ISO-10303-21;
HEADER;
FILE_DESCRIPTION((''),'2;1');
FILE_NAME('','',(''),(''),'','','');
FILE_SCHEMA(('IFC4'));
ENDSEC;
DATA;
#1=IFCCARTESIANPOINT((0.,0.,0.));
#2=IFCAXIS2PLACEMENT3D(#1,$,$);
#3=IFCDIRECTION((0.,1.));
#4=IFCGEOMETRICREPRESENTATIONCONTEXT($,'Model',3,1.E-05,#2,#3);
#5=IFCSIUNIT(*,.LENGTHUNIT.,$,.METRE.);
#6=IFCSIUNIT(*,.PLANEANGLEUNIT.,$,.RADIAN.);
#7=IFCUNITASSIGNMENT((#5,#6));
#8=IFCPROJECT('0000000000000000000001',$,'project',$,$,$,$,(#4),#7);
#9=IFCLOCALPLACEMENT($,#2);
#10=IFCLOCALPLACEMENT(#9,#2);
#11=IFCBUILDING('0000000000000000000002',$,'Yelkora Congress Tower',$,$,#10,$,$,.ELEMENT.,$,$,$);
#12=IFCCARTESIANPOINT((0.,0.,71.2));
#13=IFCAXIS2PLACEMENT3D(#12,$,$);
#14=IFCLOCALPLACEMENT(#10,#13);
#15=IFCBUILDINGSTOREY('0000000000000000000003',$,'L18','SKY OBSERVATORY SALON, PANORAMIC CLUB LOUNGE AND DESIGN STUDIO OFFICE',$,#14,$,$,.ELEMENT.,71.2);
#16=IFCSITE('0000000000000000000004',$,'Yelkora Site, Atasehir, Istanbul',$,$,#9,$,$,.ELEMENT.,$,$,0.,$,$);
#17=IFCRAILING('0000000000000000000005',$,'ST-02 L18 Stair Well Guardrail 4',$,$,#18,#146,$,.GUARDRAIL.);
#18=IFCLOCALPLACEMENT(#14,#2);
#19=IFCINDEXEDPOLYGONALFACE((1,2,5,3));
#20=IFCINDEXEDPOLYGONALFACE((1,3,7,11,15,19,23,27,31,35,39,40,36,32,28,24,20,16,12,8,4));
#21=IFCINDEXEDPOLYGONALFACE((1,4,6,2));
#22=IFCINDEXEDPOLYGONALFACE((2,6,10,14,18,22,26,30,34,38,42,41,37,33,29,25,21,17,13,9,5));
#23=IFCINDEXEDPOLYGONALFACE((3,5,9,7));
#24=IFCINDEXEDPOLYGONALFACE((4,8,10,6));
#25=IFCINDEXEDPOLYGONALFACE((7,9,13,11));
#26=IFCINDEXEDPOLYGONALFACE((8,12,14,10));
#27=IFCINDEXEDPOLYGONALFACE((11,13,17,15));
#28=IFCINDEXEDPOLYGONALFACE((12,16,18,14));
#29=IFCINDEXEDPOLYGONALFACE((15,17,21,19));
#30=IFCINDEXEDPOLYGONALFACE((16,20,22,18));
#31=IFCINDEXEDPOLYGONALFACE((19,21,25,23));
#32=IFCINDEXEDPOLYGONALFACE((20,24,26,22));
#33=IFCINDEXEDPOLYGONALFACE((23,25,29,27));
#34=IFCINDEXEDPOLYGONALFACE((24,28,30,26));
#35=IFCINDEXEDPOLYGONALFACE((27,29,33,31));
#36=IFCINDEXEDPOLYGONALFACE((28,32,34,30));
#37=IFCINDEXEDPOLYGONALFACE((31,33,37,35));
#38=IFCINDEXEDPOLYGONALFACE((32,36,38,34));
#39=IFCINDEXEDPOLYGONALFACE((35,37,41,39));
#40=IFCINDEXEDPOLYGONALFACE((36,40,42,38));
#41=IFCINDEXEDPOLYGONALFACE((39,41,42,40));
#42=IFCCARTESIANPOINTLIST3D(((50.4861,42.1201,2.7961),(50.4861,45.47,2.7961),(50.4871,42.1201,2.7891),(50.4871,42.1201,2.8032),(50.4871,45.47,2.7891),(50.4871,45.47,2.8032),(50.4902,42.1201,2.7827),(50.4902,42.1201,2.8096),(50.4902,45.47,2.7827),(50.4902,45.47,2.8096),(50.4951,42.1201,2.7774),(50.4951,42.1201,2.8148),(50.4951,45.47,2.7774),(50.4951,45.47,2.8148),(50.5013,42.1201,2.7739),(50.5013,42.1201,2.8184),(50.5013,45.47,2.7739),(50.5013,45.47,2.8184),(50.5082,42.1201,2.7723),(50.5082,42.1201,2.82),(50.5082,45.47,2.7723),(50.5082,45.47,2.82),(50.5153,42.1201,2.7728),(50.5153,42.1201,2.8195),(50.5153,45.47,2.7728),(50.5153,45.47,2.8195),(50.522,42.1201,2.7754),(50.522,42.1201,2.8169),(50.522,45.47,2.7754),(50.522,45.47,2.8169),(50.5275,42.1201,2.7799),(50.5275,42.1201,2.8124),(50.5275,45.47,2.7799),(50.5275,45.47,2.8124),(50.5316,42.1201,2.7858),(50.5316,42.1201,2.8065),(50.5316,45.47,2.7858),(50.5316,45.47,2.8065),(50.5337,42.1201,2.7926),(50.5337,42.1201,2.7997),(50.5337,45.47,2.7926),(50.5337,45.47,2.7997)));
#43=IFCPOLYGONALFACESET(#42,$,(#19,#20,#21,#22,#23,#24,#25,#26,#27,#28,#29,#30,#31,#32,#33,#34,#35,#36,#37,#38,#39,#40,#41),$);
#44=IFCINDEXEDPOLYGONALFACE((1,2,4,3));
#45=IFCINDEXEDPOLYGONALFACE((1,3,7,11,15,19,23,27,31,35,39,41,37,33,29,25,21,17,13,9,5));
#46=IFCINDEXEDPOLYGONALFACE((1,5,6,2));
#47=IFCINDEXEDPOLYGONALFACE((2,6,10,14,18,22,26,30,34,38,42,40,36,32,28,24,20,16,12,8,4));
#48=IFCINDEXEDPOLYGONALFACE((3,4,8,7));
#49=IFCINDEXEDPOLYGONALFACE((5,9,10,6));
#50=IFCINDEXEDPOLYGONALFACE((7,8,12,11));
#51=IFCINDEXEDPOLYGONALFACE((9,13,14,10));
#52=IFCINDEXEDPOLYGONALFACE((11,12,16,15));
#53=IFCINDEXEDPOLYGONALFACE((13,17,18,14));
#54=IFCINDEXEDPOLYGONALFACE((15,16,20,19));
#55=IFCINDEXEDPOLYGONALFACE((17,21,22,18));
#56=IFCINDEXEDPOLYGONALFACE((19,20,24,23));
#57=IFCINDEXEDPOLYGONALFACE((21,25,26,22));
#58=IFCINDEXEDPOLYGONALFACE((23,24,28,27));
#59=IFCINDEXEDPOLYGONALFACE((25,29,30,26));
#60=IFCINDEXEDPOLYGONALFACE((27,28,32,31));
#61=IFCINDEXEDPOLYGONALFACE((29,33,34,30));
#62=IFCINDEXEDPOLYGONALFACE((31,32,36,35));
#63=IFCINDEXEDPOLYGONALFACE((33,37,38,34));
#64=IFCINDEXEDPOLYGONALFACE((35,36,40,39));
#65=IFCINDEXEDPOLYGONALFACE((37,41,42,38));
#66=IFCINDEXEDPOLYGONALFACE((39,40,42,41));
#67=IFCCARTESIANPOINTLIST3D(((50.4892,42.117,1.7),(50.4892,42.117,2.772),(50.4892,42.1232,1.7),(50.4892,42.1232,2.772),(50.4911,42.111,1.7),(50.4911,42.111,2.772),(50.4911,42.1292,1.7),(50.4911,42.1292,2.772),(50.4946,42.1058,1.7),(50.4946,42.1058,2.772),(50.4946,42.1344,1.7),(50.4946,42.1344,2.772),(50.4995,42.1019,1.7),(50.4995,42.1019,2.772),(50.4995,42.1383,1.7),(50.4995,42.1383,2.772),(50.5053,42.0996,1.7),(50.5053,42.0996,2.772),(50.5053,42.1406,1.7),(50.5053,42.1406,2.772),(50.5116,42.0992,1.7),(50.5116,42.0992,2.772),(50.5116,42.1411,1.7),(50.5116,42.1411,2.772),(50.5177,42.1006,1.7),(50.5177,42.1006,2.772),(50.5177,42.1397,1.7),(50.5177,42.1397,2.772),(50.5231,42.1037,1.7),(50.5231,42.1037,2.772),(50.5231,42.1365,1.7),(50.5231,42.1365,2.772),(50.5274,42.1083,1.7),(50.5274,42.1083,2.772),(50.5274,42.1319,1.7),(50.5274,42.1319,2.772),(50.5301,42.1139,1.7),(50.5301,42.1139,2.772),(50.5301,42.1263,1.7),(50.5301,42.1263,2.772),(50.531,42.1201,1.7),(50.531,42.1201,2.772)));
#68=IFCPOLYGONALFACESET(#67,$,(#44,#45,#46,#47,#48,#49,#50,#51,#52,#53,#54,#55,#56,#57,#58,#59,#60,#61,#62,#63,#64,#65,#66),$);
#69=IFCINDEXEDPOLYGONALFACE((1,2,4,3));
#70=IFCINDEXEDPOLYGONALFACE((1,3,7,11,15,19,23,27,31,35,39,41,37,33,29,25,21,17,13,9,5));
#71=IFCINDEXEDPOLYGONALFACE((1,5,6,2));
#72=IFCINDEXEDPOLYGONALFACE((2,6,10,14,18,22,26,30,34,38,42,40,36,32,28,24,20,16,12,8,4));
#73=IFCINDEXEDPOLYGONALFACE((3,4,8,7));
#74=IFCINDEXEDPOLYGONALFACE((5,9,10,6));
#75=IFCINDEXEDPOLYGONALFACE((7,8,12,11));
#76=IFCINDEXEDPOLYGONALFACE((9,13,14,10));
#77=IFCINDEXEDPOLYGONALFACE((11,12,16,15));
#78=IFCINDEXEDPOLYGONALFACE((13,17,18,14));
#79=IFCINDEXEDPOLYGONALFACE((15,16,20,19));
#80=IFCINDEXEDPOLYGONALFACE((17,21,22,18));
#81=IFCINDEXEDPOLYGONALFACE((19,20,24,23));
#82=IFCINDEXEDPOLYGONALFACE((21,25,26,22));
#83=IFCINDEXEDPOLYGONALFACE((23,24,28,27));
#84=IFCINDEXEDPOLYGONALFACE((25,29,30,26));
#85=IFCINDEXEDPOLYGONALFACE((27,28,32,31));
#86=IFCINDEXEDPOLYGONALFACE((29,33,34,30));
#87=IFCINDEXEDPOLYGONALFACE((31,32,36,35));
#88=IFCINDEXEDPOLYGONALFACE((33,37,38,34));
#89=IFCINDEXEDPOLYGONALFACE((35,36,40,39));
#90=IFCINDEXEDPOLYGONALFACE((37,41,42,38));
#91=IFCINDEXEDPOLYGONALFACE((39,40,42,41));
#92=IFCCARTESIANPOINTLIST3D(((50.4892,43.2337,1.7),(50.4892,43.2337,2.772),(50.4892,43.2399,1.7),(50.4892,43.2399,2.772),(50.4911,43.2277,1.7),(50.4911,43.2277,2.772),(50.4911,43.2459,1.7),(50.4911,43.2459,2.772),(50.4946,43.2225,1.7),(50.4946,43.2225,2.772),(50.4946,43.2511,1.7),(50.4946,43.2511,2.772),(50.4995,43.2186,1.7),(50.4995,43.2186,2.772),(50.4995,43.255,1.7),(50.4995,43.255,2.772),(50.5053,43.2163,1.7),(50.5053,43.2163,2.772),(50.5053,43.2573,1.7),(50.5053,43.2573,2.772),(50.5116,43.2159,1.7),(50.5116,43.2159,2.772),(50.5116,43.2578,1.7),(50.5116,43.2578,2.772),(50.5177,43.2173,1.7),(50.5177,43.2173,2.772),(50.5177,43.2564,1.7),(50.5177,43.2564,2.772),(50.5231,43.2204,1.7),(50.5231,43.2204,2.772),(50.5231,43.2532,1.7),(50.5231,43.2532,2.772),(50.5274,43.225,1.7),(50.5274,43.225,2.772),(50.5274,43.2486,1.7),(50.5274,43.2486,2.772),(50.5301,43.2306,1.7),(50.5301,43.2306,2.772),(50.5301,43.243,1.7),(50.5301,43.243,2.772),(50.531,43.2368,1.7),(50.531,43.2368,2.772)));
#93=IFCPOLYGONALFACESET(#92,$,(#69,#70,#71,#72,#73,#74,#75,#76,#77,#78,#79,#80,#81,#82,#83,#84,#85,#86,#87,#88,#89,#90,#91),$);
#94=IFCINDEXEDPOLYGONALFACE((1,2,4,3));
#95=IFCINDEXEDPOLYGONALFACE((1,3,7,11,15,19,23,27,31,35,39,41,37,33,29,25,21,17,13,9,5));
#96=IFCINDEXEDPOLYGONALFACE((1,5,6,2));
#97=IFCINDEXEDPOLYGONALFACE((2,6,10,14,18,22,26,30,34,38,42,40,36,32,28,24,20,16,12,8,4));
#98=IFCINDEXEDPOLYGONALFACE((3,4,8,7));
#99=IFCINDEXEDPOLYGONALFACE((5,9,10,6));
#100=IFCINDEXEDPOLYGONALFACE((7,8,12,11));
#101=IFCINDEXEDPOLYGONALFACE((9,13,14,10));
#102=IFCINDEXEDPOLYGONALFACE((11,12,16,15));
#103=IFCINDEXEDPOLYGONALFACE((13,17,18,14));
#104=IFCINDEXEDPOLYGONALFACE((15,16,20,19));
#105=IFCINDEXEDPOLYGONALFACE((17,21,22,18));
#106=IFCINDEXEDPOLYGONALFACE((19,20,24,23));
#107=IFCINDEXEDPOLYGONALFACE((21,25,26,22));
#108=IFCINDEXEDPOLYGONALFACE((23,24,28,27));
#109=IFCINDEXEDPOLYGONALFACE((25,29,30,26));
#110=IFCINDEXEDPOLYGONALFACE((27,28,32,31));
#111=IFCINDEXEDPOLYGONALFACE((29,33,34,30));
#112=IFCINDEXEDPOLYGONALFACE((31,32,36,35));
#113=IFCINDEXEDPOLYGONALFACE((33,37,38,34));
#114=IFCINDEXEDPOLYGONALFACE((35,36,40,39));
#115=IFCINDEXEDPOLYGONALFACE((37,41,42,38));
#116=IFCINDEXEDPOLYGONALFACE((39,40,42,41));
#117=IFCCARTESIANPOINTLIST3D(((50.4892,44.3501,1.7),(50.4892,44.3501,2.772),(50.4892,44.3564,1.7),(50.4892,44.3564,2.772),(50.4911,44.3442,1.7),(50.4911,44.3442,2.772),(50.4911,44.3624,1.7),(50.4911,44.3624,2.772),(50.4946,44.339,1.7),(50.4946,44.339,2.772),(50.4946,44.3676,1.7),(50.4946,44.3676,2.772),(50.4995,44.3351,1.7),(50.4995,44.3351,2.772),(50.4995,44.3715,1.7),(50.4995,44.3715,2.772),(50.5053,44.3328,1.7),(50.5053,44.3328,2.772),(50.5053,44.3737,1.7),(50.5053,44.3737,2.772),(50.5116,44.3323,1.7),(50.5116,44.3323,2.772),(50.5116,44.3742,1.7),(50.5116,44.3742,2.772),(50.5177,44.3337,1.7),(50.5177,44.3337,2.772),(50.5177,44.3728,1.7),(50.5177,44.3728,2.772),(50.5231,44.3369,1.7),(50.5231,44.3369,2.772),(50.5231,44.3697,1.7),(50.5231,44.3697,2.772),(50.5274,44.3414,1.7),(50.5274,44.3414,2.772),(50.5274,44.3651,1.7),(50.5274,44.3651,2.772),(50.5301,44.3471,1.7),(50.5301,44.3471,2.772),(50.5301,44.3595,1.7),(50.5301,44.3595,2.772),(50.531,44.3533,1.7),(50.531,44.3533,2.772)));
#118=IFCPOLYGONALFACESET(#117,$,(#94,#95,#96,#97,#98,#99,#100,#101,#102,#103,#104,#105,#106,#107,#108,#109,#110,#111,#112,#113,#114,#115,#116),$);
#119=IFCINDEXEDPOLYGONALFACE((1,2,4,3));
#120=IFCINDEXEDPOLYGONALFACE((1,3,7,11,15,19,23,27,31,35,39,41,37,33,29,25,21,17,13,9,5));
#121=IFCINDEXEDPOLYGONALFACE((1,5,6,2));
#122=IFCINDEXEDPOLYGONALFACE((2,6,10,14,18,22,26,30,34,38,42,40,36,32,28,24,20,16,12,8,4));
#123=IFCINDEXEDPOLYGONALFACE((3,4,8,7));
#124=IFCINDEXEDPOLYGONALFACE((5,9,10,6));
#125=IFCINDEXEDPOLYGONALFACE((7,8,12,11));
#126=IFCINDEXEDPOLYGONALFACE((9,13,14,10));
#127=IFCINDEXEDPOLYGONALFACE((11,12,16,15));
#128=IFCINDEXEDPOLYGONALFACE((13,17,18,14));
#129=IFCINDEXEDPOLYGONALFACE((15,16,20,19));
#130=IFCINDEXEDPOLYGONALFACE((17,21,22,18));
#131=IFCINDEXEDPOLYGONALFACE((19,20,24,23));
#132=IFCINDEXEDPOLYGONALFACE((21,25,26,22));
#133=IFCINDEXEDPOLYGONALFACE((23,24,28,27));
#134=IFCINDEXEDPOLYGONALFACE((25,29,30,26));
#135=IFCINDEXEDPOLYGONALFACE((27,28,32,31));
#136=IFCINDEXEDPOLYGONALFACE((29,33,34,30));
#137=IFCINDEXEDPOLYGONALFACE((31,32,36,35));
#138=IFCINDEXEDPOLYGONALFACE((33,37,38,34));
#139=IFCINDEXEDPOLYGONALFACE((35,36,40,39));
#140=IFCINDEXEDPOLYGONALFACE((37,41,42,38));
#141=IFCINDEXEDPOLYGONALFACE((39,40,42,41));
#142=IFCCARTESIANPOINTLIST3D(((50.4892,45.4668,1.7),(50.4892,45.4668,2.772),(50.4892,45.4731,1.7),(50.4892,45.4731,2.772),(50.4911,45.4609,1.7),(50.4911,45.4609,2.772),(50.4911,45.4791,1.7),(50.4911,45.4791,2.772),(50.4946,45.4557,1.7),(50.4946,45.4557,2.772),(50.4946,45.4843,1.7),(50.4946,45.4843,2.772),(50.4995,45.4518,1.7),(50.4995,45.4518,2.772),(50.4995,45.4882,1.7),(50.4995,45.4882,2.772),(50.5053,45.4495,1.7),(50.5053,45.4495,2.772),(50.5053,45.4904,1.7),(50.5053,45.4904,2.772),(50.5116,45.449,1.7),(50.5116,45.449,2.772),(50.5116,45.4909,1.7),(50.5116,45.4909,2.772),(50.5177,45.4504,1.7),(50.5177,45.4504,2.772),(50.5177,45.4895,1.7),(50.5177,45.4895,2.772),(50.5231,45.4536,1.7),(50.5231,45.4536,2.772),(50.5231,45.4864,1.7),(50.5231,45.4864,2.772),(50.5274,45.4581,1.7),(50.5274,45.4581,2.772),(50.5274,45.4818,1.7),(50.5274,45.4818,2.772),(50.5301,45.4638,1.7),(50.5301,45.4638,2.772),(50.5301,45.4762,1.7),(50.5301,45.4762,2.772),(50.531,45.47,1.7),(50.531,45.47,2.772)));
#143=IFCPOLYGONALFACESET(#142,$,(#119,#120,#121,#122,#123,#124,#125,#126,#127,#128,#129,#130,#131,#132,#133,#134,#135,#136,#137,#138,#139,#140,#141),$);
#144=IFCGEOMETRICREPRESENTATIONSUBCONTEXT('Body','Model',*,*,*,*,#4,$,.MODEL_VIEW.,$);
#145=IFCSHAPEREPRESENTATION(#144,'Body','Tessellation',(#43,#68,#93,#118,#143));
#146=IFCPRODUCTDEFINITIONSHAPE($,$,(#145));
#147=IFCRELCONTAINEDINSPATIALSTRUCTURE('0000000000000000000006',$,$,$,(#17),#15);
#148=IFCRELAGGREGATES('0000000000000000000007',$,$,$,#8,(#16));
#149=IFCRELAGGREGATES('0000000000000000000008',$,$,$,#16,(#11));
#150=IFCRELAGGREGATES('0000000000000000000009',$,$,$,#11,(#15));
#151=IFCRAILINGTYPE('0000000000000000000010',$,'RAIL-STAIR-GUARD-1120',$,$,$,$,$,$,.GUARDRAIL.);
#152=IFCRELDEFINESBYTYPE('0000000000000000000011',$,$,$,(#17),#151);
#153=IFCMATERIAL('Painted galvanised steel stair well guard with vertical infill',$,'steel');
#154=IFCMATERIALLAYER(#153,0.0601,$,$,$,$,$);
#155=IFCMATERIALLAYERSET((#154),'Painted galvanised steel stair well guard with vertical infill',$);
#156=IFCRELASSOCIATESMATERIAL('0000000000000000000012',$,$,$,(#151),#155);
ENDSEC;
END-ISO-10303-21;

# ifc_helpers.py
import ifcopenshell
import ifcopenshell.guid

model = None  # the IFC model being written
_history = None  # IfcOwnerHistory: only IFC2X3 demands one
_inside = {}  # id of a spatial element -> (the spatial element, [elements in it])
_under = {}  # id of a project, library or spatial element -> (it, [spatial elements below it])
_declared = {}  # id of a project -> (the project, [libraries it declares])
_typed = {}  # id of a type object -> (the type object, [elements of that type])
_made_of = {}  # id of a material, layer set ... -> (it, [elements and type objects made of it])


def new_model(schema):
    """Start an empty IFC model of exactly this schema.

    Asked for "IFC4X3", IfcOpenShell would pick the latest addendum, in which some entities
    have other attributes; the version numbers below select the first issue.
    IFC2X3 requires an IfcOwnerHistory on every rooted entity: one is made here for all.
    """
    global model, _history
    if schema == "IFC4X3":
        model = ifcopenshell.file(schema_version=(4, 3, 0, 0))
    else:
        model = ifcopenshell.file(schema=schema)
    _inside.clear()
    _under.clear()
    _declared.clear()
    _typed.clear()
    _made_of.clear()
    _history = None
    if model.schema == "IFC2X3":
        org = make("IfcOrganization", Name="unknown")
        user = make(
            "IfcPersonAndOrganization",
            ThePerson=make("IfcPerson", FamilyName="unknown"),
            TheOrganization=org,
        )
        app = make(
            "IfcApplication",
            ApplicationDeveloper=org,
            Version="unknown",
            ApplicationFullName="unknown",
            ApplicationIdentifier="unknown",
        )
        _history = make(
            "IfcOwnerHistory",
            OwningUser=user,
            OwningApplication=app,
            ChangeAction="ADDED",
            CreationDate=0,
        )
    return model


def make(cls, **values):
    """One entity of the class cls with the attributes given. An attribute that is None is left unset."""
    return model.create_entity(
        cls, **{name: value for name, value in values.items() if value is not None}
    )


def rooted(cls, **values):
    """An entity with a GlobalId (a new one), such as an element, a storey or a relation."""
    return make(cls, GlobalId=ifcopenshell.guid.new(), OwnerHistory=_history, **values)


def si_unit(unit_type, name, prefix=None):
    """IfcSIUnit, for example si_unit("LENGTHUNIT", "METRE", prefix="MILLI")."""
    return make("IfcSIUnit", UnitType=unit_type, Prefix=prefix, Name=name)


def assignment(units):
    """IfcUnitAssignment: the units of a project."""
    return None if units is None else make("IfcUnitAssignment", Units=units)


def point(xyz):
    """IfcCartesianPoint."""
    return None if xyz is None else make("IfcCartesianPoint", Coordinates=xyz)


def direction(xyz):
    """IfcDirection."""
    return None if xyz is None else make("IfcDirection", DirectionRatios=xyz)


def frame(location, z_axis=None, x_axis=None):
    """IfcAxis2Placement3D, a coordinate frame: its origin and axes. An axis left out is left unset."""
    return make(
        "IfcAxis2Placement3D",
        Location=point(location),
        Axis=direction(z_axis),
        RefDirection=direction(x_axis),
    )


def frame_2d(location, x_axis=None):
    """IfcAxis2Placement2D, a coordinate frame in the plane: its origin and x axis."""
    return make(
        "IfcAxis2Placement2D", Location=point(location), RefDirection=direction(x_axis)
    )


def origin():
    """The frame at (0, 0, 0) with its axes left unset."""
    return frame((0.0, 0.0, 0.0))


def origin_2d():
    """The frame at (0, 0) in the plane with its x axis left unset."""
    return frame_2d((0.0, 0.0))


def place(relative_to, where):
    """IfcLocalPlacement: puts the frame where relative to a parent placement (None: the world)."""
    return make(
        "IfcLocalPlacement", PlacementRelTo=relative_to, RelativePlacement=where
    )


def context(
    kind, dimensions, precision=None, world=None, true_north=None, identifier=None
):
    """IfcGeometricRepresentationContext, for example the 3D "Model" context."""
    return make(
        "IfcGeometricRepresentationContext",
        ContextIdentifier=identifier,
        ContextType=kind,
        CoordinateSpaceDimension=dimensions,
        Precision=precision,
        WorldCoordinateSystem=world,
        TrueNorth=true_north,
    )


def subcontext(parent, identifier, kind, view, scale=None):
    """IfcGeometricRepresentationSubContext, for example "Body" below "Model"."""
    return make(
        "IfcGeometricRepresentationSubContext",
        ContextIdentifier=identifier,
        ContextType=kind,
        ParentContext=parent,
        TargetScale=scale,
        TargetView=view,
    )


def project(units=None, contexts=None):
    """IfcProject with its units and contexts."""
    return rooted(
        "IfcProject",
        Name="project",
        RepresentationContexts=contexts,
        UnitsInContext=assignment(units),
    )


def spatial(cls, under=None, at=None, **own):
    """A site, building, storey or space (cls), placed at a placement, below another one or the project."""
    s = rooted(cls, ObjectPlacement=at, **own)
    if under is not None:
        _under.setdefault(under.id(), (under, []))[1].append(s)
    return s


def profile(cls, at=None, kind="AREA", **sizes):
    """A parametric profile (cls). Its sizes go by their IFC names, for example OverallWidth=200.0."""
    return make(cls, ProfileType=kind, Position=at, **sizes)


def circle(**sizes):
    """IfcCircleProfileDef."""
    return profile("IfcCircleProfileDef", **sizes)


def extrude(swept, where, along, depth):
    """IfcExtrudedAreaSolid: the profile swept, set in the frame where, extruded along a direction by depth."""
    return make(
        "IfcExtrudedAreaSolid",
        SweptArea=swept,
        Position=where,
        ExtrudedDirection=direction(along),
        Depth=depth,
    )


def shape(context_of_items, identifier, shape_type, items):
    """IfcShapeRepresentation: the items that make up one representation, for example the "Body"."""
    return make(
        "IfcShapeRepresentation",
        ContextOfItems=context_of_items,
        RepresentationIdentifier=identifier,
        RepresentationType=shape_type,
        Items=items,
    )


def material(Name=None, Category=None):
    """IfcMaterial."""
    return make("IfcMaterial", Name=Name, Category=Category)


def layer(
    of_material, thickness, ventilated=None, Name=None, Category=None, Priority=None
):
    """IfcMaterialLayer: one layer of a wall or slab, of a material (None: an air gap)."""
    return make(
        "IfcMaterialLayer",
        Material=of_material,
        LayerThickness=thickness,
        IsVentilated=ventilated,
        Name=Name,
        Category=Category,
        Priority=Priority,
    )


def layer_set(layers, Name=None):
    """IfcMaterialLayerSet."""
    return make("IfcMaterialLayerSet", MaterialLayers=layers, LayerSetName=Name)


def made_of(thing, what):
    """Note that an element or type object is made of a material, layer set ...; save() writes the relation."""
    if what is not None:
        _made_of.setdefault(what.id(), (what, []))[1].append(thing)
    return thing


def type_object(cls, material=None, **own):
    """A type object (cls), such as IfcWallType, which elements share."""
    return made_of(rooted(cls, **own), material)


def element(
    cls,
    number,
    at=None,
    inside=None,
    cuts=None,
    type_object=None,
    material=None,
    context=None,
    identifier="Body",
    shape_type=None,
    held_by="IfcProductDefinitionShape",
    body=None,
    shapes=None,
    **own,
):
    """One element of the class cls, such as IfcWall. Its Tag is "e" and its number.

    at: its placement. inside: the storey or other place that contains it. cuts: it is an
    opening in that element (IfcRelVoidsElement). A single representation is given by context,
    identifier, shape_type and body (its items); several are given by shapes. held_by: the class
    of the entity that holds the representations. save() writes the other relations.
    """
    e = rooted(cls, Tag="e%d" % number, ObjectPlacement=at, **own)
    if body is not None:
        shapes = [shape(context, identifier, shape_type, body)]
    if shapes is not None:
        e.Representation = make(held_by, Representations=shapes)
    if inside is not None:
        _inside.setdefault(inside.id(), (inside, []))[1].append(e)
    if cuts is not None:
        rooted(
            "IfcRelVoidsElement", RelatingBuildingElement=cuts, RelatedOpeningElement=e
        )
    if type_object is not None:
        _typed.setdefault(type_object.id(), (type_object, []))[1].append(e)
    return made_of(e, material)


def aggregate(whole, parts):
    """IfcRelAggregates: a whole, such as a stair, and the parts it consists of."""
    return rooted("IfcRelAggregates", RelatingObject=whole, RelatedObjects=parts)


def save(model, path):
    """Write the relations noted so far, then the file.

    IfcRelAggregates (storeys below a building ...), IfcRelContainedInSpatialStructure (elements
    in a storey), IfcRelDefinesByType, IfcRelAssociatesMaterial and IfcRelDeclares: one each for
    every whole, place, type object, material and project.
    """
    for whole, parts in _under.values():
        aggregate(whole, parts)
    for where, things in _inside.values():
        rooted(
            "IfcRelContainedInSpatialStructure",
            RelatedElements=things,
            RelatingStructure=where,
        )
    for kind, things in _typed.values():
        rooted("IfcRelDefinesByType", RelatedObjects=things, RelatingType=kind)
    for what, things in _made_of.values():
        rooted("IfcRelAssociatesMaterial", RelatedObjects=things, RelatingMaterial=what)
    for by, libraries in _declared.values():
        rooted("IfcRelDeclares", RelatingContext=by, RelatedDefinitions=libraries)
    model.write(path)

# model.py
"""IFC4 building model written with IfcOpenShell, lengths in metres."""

from ifc_helpers import new_model, si_unit, direction, frame, origin, origin_2d, place, context, subcontext, project, spatial, circle, extrude, material, layer, layer_set, type_object, element, save


model = new_model("IFC4")

# Units and contexts
model_context = context("Model", 3, precision=1e-05, world=origin(), true_north=direction((0.0, 1.0)))
body_context = subcontext(model_context, "Body", "Model", "MODEL_VIEW")
ifc_project = project(units=[si_unit("LENGTHUNIT", "METRE"), si_unit("PLANEANGLEUNIT", "RADIAN")], contexts=[model_context])

# Site, building, storey
site_placement = place(None, origin())
site = spatial("IfcSite", under=ifc_project, at=site_placement, Name="Yelkora Site, Atasehir, Istanbul", CompositionType="ELEMENT", RefElevation=0.0)
building_placement = place(site_placement, origin())
building = spatial("IfcBuilding", under=site, at=building_placement, Name="Yelkora Congress Tower", CompositionType="ELEMENT")
storey_placement = place(building_placement, frame((0.0, 0.0, 71.2)))
storey = spatial("IfcBuildingStorey", under=building, at=storey_placement, Name="L18", Description="SKY OBSERVATORY SALON, PANORAMIC CLUB LOUNGE AND DESIGN STUDIO OFFICE", CompositionType="ELEMENT", Elevation=71.2)

# Railing
ifc_material_1 = material(Name="Painted galvanised steel stair well guard with vertical infill", Category="steel")
ifc_layer_1 = layer(ifc_material_1, 0.0601)
ifc_layer_set_1 = layer_set([ifc_layer_1], Name="Painted galvanised steel stair well guard with vertical infill")
railing_type_1 = type_object("IfcRailingType", Name="RAIL-STAIR-GUARD-1120", PredefinedType="GUARDRAIL", material=ifc_layer_set_1)
railing_1_placement = place(storey_placement, frame((50.51, 42.1201, 1.7)))
element("IfcRailing", 1, at=railing_1_placement, inside=storey, type_object=railing_type_1, Name="ST-02 L18 Stair Well Guardrail 4", PredefinedType="GUARDRAIL", context=body_context, shape_type="SweptSolid", body=[
    extrude(circle(Radius=0.0239, at=origin_2d()), frame((0.0, 0.0, 1.0962), z_axis=(0.0, 1.0, 0.0), x_axis=(-1.0, 0.0, 0.0)), (0.0, 0.0, 1.0), 3.3499),
    extrude(circle(Radius=0.021, at=origin_2d()), origin(), (0.0, 0.0, 1.0), 1.072),
    extrude(circle(Radius=0.021, at=origin_2d()), frame((0.0, 1.1167, 0.0)), (0.0, 0.0, 1.0), 1.072),
    extrude(circle(Radius=0.021, at=origin_2d()), frame((0.0, 2.2332, 0.0)), (0.0, 0.0, 1.0), 1.072),
    extrude(circle(Radius=0.021, at=origin_2d()), frame((0.0, 3.3499, 0.0)), (0.0, 0.0, 1.0), 1.072),
])

save(model, "model.ifc")
